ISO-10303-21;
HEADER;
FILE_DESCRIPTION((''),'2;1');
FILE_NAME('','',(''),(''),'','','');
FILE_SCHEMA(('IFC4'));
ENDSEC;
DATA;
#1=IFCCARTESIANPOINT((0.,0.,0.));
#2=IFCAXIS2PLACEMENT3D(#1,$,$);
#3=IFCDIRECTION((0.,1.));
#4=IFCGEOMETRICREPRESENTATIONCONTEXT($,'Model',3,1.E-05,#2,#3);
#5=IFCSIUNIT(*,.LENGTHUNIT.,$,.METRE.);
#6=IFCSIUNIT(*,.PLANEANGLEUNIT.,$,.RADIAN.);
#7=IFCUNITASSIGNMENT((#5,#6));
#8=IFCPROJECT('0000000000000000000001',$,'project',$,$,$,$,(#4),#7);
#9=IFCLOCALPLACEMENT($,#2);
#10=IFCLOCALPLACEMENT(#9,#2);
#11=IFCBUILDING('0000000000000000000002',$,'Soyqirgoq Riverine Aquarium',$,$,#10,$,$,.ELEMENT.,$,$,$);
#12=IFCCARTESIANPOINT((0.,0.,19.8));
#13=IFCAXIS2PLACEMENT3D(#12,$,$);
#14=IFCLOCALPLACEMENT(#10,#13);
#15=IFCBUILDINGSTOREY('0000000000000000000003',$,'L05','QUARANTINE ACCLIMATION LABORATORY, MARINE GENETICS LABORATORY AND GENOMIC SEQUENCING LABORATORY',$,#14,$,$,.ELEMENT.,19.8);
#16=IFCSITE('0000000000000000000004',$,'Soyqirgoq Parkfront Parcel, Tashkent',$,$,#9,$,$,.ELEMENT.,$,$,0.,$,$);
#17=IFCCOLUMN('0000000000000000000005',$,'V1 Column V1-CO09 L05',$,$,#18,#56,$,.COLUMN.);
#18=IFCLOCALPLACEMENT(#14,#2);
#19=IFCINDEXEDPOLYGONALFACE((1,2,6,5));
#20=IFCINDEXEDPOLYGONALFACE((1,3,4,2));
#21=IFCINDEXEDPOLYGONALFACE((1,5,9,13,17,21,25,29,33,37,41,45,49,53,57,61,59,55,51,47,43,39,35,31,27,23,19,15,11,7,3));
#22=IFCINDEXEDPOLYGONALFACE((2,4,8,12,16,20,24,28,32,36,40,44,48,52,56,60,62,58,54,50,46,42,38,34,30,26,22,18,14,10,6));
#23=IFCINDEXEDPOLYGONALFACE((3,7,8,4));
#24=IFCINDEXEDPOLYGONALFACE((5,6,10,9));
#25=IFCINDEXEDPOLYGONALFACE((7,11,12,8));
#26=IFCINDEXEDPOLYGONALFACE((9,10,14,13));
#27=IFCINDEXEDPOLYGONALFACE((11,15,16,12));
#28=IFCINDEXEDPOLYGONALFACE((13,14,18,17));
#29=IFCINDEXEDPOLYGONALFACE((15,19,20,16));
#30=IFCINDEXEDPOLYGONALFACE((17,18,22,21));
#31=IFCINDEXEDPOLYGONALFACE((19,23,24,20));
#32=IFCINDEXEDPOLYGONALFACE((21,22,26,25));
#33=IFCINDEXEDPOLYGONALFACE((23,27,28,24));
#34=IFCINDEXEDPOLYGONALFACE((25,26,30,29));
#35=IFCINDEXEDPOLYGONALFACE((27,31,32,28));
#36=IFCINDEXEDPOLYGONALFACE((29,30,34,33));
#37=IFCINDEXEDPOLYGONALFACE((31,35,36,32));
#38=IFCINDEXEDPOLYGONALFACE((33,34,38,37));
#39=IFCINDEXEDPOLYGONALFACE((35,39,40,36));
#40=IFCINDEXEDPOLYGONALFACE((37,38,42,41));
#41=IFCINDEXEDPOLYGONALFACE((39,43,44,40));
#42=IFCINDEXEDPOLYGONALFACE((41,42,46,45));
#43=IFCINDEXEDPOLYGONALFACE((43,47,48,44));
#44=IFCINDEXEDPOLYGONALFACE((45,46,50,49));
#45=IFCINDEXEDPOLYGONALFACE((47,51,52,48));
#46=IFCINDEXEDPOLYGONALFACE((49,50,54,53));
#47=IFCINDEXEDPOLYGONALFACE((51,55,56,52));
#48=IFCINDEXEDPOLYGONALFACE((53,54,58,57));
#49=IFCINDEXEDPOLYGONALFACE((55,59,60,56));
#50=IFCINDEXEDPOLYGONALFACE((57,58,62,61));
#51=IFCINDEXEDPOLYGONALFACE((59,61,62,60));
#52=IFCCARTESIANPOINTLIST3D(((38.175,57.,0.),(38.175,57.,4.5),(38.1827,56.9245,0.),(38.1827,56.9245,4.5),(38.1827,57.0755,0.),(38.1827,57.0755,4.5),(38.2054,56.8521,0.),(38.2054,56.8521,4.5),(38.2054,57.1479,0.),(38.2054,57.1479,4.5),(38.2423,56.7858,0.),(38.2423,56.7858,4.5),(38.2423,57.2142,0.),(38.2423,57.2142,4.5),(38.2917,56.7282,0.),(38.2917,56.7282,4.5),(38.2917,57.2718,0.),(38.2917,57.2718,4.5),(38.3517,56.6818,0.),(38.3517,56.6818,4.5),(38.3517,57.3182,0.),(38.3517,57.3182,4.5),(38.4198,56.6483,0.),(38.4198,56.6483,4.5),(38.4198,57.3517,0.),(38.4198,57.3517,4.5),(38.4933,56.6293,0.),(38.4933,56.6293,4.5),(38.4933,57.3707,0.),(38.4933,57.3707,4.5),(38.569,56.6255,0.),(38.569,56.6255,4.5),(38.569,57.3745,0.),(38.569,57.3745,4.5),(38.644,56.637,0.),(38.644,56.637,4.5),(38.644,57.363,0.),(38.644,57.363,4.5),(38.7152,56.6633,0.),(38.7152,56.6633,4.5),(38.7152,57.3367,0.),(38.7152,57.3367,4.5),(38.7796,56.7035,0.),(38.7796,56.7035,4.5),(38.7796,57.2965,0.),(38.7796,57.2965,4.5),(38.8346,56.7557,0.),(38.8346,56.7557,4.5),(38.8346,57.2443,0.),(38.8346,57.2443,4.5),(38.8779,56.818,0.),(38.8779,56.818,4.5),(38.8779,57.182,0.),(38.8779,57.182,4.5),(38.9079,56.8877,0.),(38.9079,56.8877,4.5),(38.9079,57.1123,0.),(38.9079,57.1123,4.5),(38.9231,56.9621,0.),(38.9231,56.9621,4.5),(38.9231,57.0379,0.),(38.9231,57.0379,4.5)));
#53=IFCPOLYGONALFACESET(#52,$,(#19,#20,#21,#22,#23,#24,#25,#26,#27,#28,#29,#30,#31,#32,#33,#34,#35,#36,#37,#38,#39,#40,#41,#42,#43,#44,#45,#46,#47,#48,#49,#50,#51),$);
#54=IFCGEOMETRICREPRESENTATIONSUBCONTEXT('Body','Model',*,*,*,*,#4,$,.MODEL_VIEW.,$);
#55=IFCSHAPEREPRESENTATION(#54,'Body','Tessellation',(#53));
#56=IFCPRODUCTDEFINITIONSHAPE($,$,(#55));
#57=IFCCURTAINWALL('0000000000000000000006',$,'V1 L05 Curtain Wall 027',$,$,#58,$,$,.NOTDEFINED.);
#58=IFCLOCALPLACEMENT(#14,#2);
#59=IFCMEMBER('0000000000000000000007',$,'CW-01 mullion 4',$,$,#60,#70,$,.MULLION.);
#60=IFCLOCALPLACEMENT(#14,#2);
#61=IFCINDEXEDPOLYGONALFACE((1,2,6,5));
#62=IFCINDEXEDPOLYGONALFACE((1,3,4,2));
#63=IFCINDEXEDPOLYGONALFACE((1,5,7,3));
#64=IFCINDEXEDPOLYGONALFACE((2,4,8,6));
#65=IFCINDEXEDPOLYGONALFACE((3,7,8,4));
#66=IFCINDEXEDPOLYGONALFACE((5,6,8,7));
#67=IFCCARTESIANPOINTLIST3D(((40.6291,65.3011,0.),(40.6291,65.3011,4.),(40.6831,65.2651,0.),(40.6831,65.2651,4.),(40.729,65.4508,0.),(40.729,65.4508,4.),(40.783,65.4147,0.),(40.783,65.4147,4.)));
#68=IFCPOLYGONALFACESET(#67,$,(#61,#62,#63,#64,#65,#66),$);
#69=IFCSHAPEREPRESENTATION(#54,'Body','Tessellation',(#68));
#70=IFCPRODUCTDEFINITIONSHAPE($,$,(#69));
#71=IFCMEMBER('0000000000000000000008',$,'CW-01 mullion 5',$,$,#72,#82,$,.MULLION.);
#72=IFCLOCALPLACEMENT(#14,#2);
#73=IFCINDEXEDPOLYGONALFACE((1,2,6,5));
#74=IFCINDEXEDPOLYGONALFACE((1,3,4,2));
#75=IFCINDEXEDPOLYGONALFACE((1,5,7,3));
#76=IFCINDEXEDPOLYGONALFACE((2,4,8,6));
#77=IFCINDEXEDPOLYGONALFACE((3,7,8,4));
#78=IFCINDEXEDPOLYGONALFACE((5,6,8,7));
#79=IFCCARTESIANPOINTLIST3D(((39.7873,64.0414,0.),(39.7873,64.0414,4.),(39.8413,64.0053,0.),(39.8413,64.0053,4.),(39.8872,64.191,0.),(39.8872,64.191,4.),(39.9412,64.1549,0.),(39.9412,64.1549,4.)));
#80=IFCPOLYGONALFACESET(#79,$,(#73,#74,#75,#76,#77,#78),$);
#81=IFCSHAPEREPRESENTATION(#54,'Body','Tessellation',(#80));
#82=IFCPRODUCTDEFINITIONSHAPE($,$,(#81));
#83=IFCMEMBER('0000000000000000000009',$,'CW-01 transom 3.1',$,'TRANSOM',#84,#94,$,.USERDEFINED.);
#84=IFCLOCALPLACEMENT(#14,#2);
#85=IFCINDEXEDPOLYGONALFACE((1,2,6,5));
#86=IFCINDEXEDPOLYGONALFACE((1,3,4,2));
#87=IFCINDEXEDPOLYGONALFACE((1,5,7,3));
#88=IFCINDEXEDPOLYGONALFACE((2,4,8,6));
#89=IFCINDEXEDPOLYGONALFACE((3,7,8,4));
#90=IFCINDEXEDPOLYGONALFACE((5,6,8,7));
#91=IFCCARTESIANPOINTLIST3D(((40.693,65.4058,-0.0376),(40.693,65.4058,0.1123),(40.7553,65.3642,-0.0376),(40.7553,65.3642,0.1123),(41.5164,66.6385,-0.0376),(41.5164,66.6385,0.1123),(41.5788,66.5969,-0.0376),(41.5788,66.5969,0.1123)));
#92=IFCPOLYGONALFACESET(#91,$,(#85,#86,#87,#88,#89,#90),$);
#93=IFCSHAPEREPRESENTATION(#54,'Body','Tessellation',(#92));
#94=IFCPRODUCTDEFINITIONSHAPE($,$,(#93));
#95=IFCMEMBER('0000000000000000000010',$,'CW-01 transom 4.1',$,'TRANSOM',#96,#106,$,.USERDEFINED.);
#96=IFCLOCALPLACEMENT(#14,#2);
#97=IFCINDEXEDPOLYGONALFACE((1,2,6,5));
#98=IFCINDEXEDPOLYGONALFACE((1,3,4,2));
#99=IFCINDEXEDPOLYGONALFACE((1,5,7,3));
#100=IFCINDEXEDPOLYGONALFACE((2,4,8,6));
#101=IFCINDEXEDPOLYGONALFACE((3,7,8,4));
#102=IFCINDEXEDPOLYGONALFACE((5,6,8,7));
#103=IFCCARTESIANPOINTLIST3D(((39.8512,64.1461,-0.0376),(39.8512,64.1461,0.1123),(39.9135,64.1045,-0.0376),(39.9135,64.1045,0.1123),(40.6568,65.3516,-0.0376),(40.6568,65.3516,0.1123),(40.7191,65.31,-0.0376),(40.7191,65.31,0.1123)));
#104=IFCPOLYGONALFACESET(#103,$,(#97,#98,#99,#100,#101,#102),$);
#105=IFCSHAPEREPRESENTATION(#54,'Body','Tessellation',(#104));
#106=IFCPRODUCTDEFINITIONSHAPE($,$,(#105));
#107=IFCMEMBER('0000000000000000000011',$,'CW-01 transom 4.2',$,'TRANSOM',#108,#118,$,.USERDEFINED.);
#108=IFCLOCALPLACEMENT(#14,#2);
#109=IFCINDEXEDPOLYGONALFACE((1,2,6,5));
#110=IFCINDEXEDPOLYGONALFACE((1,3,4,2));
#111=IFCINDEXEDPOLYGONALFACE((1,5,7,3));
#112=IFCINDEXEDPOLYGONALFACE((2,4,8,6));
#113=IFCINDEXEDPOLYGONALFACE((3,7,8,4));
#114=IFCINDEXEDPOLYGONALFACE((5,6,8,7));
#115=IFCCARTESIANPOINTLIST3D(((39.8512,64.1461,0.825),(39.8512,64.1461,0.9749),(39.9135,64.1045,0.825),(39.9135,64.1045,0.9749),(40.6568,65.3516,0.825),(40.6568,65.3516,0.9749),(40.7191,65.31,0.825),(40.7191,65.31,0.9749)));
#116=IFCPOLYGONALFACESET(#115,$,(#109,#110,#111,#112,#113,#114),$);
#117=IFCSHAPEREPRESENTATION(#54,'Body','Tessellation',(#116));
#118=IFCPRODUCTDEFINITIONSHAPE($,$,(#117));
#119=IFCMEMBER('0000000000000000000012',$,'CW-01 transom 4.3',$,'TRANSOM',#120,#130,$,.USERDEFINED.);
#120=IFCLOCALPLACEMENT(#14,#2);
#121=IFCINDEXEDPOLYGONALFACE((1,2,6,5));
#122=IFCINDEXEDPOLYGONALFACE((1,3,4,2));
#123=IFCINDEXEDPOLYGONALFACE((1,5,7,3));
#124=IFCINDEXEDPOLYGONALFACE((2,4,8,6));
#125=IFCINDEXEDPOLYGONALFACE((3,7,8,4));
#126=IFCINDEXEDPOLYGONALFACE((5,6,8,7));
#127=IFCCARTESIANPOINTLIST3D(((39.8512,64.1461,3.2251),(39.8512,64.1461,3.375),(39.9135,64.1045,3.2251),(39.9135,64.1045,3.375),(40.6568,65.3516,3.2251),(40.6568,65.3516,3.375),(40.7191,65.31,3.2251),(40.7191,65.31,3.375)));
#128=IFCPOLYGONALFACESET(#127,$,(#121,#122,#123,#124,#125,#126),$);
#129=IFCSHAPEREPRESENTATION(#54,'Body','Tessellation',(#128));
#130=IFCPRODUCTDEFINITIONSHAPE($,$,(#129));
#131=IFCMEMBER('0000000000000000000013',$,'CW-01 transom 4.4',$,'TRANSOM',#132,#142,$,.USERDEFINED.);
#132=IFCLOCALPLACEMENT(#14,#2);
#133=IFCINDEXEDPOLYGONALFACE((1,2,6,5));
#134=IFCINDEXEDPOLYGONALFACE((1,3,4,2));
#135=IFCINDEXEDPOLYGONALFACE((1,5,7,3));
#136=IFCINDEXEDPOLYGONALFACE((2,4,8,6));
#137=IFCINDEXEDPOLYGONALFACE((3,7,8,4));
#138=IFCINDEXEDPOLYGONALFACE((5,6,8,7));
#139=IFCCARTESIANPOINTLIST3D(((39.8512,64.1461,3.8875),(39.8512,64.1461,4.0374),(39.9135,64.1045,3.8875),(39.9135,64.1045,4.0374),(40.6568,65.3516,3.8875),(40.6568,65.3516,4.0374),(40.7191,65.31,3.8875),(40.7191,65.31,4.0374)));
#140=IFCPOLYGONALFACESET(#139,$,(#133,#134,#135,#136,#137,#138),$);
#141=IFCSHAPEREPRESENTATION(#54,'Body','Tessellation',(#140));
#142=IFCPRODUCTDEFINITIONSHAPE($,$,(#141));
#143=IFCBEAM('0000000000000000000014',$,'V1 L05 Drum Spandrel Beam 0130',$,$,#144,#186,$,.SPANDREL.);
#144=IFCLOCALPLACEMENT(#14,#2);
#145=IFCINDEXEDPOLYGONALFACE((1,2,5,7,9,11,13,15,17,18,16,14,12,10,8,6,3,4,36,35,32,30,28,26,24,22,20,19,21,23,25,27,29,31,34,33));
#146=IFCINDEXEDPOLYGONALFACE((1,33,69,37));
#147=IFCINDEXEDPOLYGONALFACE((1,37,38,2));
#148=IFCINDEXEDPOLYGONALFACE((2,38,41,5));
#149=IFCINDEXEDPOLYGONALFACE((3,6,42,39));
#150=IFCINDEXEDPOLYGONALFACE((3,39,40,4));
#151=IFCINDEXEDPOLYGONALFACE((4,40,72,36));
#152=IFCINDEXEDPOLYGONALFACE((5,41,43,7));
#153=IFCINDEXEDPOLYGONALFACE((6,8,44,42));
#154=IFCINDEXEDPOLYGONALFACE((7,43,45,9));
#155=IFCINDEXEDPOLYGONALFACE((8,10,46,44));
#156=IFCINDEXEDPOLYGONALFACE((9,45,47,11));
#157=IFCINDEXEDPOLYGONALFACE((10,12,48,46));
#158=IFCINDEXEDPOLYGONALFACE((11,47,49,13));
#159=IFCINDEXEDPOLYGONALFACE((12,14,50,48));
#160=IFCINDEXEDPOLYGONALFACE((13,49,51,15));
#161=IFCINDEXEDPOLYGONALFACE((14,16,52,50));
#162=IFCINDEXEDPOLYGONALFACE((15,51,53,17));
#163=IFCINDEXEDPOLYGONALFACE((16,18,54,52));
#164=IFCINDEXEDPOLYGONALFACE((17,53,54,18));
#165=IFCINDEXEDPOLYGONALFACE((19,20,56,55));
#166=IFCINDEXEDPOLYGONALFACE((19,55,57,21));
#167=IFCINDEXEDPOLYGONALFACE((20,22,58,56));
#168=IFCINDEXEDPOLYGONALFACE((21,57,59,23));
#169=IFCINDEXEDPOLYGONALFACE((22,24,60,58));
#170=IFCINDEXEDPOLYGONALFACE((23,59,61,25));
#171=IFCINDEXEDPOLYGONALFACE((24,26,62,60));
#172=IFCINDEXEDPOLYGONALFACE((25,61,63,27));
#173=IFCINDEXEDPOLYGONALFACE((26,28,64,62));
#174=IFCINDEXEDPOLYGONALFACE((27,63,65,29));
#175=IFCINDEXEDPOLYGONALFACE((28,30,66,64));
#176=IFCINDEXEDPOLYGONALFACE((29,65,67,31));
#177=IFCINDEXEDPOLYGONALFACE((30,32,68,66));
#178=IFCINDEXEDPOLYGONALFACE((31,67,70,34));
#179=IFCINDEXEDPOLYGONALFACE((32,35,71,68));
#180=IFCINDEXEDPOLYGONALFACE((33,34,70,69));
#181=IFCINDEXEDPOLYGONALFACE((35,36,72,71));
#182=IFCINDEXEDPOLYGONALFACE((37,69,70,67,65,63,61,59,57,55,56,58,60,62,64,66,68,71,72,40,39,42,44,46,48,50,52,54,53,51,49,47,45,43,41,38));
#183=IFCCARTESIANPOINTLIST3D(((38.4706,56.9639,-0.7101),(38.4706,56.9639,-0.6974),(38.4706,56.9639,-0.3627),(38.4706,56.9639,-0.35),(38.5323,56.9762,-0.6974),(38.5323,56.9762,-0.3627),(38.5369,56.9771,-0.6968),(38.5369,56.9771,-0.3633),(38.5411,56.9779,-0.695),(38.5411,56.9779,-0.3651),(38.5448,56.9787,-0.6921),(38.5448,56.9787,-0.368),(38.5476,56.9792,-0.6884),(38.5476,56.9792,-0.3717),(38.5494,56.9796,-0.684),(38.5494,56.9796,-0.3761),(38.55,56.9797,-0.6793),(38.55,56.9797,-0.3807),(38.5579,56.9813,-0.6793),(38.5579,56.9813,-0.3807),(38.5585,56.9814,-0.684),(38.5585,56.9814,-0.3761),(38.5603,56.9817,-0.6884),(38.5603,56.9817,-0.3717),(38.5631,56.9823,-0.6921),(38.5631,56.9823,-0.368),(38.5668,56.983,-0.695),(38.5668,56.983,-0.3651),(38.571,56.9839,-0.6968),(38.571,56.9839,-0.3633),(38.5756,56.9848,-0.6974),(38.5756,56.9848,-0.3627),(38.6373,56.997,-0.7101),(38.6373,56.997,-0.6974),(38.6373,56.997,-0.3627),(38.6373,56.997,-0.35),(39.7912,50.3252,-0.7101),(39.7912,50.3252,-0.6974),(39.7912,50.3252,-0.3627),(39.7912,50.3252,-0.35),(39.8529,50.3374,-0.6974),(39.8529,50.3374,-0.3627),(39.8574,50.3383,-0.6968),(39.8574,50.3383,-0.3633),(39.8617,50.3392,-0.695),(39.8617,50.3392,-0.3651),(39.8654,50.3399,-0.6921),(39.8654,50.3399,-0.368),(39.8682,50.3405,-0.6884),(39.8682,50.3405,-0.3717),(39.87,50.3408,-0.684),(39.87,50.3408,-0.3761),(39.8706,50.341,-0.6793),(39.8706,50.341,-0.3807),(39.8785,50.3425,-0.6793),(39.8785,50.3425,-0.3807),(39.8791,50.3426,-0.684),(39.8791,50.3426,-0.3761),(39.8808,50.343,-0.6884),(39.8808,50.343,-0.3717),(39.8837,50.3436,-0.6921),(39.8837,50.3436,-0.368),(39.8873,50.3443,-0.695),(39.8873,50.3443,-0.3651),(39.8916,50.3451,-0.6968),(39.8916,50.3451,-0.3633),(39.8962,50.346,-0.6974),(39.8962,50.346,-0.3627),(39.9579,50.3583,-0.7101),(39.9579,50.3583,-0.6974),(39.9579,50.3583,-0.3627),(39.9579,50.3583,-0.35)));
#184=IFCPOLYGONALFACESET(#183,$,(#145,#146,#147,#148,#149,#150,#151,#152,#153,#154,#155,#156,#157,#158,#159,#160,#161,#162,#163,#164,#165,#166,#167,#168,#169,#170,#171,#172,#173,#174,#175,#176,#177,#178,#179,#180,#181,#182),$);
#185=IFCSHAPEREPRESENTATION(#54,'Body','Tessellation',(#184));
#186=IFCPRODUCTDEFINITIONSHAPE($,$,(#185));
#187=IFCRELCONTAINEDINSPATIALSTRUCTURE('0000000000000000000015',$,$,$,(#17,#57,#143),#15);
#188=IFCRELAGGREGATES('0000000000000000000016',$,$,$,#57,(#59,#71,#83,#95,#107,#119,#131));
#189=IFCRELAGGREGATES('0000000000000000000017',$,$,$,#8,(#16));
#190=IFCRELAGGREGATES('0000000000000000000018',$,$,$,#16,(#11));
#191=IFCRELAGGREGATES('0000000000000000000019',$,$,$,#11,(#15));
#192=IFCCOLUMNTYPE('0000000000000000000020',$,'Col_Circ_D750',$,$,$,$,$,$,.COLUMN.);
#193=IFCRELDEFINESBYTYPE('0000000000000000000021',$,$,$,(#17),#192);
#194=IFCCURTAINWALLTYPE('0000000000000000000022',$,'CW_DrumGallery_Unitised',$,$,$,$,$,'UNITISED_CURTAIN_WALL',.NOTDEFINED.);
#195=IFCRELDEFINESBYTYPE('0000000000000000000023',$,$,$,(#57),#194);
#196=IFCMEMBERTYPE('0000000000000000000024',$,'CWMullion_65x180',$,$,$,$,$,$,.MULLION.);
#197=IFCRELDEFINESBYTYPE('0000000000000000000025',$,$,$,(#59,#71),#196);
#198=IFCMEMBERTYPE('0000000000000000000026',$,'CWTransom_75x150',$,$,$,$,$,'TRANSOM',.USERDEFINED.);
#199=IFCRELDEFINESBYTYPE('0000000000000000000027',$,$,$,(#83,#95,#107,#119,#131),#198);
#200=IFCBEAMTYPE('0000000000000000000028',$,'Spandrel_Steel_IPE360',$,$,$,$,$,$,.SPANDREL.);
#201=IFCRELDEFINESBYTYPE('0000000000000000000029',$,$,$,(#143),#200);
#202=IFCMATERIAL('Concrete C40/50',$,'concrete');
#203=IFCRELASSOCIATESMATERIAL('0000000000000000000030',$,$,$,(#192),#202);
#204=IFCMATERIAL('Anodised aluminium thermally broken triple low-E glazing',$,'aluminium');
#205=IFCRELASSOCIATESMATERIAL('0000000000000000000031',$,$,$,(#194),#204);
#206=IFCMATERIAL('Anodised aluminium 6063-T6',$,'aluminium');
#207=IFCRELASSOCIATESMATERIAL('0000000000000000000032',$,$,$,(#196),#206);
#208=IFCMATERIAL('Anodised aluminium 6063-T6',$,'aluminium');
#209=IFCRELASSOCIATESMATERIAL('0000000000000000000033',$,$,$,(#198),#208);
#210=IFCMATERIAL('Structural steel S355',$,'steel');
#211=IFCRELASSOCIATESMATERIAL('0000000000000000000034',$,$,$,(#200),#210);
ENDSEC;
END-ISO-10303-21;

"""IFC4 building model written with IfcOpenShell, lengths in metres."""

from ifc_helpers import new_model, si_unit, direction, frame, origin, origin_2d, place, context, subcontext, project, spatial, rectangle, circle, i_section, extrude, material, material_profile, profile_set, type_object, element, aggregate, save


model = new_model("IFC4")

# Units and contexts
model_context = context("Model", 3, precision=1e-05, world=origin(), true_north=direction((0.0, 1.0)))
body_context = subcontext(model_context, "Body", "Model", "MODEL_VIEW")
ifc_project = project(units=[si_unit("LENGTHUNIT", "METRE"), si_unit("PLANEANGLEUNIT", "RADIAN")], contexts=[model_context])

# Site, building, storey
site_placement = place(None, origin())
site = spatial("IfcSite", under=ifc_project, at=site_placement, Name="Soyqirgoq Parkfront Parcel, Tashkent", CompositionType="ELEMENT", RefElevation=0.0)
building_placement = place(site_placement, origin())
building = spatial("IfcBuilding", under=site, at=building_placement, Name="Soyqirgoq Riverine Aquarium", CompositionType="ELEMENT")
storey_placement = place(building_placement, frame((0.0, 0.0, 19.8)))
storey = spatial("IfcBuildingStorey", under=building, at=storey_placement, Name="L05", Description="QUARANTINE ACCLIMATION LABORATORY, MARINE GENETICS LABORATORY AND GENOMIC SEQUENCING LABORATORY", CompositionType="ELEMENT", Elevation=19.8)

# Column
ifc_material_1 = material(Name="Concrete C40/50", Category="concrete")
ifc_material_profile_1 = material_profile(ifc_material_1, circle(Radius=0.375, at=origin_2d()), Name="RC-COL D750")
ifc_profile_set_1 = profile_set([ifc_material_profile_1], Name="Concrete C40/50")
column_type = type_object("IfcColumnType", Name="Col_Circ_D750", PredefinedType="COLUMN", material=ifc_profile_set_1)
for number, where, z_axis, x_axis, name in (
    (1, (38.55, 57.0, 0.0), (0.0, 0.0, 1.0), (-1.0, 0.0, 0.0), "V1 Column V1-CO09 L05"),
):
    element("IfcColumn", number, at=place(storey_placement, frame(where, z_axis=z_axis, x_axis=x_axis)), inside=storey, type_object=column_type, Name=name, PredefinedType="COLUMN", context=body_context, shape_type="SweptSolid", body=[
        extrude(circle(Radius=0.375, at=origin_2d()), origin(), (0.0, 0.0, 1.0), 4.5),
    ])

# Curtain wall, members
ifc_material_2 = material(Name="Anodised aluminium thermally broken triple low-E glazing", Category="aluminium")
curtain_wall_type = type_object("IfcCurtainWallType", Name="CW_DrumGallery_Unitised", ElementType="UNITISED_CURTAIN_WALL", PredefinedType="NOTDEFINED", material=ifc_material_2)
curtain_wall_placement = place(storey_placement, origin())
curtain_wall = element("IfcCurtainWall", 2, at=curtain_wall_placement, inside=storey, type_object=curtain_wall_type, Name="V1 L05 Curtain Wall 027", PredefinedType="NOTDEFINED")
ifc_material_3 = material(Name="Anodised aluminium 6063-T6", Category="aluminium")
ifc_material_profile_2 = material_profile(ifc_material_3, rectangle(XDim=0.0649, YDim=0.1799, at=origin_2d()), Name="ALU-M 65x180")
ifc_profile_set_2 = profile_set([ifc_material_profile_2], Name="Anodised aluminium 6063-T6")
member_type_1 = type_object("IfcMemberType", Name="CWMullion_65x180", PredefinedType="MULLION", material=ifc_profile_set_2)
member_1_placement = place(storey_placement, frame((40.7061, 65.3579, 0.0), z_axis=(0.0, 0.0, 1.0), x_axis=(0.831476, -0.555561, 0.0)))
member_1 = element("IfcMember", 3, at=member_1_placement, type_object=member_type_1, Name="CW-01 mullion 4", PredefinedType="MULLION", context=body_context, shape_type="SweptSolid", body=[
    extrude(rectangle(XDim=0.0649, YDim=0.1799, at=origin_2d()), origin(), (0.0, 0.0, 1.0), 4.0),
])
member_2_placement = place(storey_placement, frame((39.8643, 64.0981, 0.0), z_axis=(0.0, 0.0, 1.0), x_axis=(0.831476, -0.555561, 0.0)))
member_2 = element("IfcMember", 4, at=member_2_placement, type_object=member_type_1, Name="CW-01 mullion 5", PredefinedType="MULLION", context=body_context, shape_type="SweptSolid", body=[
    extrude(rectangle(XDim=0.0649, YDim=0.1799, at=origin_2d()), origin(), (0.0, 0.0, 1.0), 4.0),
])
ifc_material_4 = material(Name="Anodised aluminium 6063-T6", Category="aluminium")
ifc_material_profile_3 = material_profile(ifc_material_4, rectangle(XDim=0.075, YDim=0.1499, at=origin_2d()), Name="ALU-T 75x150")
ifc_profile_set_3 = profile_set([ifc_material_profile_3], Name="Anodised aluminium 6063-T6")
member_type_2 = type_object("IfcMemberType", Name="CWTransom_75x150", ElementType="TRANSOM", PredefinedType="USERDEFINED", material=ifc_profile_set_3)
member_3_placement = place(storey_placement, frame((41.5476, 66.6177, 0.0374), z_axis=(-0.555498, -0.831518, 0.0), x_axis=(0.831518, -0.555498, 0.0)))
member_3 = element("IfcMember", 5, at=member_3_placement, type_object=member_type_2, Name="CW-01 transom 3.1", ObjectType="TRANSOM", PredefinedType="USERDEFINED", context=body_context, shape_type="SweptSolid", body=[
    extrude(rectangle(XDim=0.075, YDim=0.1499, at=origin_2d()), origin(), (0.0, 0.0, 1.0), 1.4824),
])
member_4_placement = place(storey_placement, frame((40.688, 65.3308, 0.0374), z_axis=(-0.555632, -0.831428, 0.0), x_axis=(0.831428, -0.555632, 0.0)))
member_4 = element("IfcMember", 6, at=member_4_placement, type_object=member_type_2, Name="CW-01 transom 4.1", ObjectType="TRANSOM", PredefinedType="USERDEFINED", context=body_context, shape_type="SweptSolid", body=[
    extrude(rectangle(XDim=0.075, YDim=0.1499, at=origin_2d()), origin(), (0.0, 0.0, 1.0), 1.45),
])
member_5_placement = place(storey_placement, frame((40.688, 65.3308, 0.8999), z_axis=(-0.555632, -0.831428, 0.0), x_axis=(0.831428, -0.555632, 0.0)))
member_5 = element("IfcMember", 7, at=member_5_placement, type_object=member_type_2, Name="CW-01 transom 4.2", ObjectType="TRANSOM", PredefinedType="USERDEFINED", context=body_context, shape_type="SweptSolid", body=[
    extrude(rectangle(XDim=0.075, YDim=0.1499, at=origin_2d()), origin(), (0.0, 0.0, 1.0), 1.45),
])
member_6_placement = place(storey_placement, frame((40.688, 65.3308, 3.3), z_axis=(-0.555632, -0.831428, 0.0), x_axis=(0.831428, -0.555632, 0.0)))
member_6 = element("IfcMember", 8, at=member_6_placement, type_object=member_type_2, Name="CW-01 transom 4.3", ObjectType="TRANSOM", PredefinedType="USERDEFINED", context=body_context, shape_type="SweptSolid", body=[
    extrude(rectangle(XDim=0.075, YDim=0.1499, at=origin_2d()), origin(), (0.0, 0.0, 1.0), 1.45),
])
member_7_placement = place(storey_placement, frame((40.688, 65.3308, 3.9624), z_axis=(-0.555632, -0.831428, 0.0), x_axis=(0.831428, -0.555632, 0.0)))
member_7 = element("IfcMember", 9, at=member_7_placement, type_object=member_type_2, Name="CW-01 transom 4.4", ObjectType="TRANSOM", PredefinedType="USERDEFINED", context=body_context, shape_type="SweptSolid", body=[
    extrude(rectangle(XDim=0.075, YDim=0.1499, at=origin_2d()), origin(), (0.0, 0.0, 1.0), 1.45),
])

# Beam
ifc_material_5 = material(Name="Structural steel S355", Category="steel")
ifc_material_profile_4 = material_profile(ifc_material_5, i_section(OverallWidth=0.1699, OverallDepth=0.3601, WebThickness=0.0081, FlangeThickness=0.0127, FilletRadius=0.0181, at=origin_2d()), Name="IPE 360")
ifc_profile_set_4 = profile_set([ifc_material_profile_4], Name="Structural steel S355")
beam_type_1 = type_object("IfcBeamType", Name="Spandrel_Steel_IPE360", PredefinedType="SPANDREL", material=ifc_profile_set_4)
beam_1_placement = place(storey_placement, frame((38.554, 56.9805, -0.53), z_axis=(0.195096, -0.980784, 0.0), x_axis=(0.980784, 0.195096, 0.0)))
element("IfcBeam", 10, at=beam_1_placement, inside=storey, type_object=beam_type_1, Name="V1 L05 Drum Spandrel Beam 0130", PredefinedType="SPANDREL", context=body_context, shape_type="SweptSolid", body=[
    extrude(i_section(OverallWidth=0.1699, OverallDepth=0.3601, WebThickness=0.0081, FlangeThickness=0.0127, FilletRadius=0.0181, at=origin_2d()), origin(), (0.0, 0.0, 1.0), 6.7688),
])

aggregate(curtain_wall, [member_1, member_2, member_3, member_4, member_5, member_6, member_7])

save(model, "model.ifc")
